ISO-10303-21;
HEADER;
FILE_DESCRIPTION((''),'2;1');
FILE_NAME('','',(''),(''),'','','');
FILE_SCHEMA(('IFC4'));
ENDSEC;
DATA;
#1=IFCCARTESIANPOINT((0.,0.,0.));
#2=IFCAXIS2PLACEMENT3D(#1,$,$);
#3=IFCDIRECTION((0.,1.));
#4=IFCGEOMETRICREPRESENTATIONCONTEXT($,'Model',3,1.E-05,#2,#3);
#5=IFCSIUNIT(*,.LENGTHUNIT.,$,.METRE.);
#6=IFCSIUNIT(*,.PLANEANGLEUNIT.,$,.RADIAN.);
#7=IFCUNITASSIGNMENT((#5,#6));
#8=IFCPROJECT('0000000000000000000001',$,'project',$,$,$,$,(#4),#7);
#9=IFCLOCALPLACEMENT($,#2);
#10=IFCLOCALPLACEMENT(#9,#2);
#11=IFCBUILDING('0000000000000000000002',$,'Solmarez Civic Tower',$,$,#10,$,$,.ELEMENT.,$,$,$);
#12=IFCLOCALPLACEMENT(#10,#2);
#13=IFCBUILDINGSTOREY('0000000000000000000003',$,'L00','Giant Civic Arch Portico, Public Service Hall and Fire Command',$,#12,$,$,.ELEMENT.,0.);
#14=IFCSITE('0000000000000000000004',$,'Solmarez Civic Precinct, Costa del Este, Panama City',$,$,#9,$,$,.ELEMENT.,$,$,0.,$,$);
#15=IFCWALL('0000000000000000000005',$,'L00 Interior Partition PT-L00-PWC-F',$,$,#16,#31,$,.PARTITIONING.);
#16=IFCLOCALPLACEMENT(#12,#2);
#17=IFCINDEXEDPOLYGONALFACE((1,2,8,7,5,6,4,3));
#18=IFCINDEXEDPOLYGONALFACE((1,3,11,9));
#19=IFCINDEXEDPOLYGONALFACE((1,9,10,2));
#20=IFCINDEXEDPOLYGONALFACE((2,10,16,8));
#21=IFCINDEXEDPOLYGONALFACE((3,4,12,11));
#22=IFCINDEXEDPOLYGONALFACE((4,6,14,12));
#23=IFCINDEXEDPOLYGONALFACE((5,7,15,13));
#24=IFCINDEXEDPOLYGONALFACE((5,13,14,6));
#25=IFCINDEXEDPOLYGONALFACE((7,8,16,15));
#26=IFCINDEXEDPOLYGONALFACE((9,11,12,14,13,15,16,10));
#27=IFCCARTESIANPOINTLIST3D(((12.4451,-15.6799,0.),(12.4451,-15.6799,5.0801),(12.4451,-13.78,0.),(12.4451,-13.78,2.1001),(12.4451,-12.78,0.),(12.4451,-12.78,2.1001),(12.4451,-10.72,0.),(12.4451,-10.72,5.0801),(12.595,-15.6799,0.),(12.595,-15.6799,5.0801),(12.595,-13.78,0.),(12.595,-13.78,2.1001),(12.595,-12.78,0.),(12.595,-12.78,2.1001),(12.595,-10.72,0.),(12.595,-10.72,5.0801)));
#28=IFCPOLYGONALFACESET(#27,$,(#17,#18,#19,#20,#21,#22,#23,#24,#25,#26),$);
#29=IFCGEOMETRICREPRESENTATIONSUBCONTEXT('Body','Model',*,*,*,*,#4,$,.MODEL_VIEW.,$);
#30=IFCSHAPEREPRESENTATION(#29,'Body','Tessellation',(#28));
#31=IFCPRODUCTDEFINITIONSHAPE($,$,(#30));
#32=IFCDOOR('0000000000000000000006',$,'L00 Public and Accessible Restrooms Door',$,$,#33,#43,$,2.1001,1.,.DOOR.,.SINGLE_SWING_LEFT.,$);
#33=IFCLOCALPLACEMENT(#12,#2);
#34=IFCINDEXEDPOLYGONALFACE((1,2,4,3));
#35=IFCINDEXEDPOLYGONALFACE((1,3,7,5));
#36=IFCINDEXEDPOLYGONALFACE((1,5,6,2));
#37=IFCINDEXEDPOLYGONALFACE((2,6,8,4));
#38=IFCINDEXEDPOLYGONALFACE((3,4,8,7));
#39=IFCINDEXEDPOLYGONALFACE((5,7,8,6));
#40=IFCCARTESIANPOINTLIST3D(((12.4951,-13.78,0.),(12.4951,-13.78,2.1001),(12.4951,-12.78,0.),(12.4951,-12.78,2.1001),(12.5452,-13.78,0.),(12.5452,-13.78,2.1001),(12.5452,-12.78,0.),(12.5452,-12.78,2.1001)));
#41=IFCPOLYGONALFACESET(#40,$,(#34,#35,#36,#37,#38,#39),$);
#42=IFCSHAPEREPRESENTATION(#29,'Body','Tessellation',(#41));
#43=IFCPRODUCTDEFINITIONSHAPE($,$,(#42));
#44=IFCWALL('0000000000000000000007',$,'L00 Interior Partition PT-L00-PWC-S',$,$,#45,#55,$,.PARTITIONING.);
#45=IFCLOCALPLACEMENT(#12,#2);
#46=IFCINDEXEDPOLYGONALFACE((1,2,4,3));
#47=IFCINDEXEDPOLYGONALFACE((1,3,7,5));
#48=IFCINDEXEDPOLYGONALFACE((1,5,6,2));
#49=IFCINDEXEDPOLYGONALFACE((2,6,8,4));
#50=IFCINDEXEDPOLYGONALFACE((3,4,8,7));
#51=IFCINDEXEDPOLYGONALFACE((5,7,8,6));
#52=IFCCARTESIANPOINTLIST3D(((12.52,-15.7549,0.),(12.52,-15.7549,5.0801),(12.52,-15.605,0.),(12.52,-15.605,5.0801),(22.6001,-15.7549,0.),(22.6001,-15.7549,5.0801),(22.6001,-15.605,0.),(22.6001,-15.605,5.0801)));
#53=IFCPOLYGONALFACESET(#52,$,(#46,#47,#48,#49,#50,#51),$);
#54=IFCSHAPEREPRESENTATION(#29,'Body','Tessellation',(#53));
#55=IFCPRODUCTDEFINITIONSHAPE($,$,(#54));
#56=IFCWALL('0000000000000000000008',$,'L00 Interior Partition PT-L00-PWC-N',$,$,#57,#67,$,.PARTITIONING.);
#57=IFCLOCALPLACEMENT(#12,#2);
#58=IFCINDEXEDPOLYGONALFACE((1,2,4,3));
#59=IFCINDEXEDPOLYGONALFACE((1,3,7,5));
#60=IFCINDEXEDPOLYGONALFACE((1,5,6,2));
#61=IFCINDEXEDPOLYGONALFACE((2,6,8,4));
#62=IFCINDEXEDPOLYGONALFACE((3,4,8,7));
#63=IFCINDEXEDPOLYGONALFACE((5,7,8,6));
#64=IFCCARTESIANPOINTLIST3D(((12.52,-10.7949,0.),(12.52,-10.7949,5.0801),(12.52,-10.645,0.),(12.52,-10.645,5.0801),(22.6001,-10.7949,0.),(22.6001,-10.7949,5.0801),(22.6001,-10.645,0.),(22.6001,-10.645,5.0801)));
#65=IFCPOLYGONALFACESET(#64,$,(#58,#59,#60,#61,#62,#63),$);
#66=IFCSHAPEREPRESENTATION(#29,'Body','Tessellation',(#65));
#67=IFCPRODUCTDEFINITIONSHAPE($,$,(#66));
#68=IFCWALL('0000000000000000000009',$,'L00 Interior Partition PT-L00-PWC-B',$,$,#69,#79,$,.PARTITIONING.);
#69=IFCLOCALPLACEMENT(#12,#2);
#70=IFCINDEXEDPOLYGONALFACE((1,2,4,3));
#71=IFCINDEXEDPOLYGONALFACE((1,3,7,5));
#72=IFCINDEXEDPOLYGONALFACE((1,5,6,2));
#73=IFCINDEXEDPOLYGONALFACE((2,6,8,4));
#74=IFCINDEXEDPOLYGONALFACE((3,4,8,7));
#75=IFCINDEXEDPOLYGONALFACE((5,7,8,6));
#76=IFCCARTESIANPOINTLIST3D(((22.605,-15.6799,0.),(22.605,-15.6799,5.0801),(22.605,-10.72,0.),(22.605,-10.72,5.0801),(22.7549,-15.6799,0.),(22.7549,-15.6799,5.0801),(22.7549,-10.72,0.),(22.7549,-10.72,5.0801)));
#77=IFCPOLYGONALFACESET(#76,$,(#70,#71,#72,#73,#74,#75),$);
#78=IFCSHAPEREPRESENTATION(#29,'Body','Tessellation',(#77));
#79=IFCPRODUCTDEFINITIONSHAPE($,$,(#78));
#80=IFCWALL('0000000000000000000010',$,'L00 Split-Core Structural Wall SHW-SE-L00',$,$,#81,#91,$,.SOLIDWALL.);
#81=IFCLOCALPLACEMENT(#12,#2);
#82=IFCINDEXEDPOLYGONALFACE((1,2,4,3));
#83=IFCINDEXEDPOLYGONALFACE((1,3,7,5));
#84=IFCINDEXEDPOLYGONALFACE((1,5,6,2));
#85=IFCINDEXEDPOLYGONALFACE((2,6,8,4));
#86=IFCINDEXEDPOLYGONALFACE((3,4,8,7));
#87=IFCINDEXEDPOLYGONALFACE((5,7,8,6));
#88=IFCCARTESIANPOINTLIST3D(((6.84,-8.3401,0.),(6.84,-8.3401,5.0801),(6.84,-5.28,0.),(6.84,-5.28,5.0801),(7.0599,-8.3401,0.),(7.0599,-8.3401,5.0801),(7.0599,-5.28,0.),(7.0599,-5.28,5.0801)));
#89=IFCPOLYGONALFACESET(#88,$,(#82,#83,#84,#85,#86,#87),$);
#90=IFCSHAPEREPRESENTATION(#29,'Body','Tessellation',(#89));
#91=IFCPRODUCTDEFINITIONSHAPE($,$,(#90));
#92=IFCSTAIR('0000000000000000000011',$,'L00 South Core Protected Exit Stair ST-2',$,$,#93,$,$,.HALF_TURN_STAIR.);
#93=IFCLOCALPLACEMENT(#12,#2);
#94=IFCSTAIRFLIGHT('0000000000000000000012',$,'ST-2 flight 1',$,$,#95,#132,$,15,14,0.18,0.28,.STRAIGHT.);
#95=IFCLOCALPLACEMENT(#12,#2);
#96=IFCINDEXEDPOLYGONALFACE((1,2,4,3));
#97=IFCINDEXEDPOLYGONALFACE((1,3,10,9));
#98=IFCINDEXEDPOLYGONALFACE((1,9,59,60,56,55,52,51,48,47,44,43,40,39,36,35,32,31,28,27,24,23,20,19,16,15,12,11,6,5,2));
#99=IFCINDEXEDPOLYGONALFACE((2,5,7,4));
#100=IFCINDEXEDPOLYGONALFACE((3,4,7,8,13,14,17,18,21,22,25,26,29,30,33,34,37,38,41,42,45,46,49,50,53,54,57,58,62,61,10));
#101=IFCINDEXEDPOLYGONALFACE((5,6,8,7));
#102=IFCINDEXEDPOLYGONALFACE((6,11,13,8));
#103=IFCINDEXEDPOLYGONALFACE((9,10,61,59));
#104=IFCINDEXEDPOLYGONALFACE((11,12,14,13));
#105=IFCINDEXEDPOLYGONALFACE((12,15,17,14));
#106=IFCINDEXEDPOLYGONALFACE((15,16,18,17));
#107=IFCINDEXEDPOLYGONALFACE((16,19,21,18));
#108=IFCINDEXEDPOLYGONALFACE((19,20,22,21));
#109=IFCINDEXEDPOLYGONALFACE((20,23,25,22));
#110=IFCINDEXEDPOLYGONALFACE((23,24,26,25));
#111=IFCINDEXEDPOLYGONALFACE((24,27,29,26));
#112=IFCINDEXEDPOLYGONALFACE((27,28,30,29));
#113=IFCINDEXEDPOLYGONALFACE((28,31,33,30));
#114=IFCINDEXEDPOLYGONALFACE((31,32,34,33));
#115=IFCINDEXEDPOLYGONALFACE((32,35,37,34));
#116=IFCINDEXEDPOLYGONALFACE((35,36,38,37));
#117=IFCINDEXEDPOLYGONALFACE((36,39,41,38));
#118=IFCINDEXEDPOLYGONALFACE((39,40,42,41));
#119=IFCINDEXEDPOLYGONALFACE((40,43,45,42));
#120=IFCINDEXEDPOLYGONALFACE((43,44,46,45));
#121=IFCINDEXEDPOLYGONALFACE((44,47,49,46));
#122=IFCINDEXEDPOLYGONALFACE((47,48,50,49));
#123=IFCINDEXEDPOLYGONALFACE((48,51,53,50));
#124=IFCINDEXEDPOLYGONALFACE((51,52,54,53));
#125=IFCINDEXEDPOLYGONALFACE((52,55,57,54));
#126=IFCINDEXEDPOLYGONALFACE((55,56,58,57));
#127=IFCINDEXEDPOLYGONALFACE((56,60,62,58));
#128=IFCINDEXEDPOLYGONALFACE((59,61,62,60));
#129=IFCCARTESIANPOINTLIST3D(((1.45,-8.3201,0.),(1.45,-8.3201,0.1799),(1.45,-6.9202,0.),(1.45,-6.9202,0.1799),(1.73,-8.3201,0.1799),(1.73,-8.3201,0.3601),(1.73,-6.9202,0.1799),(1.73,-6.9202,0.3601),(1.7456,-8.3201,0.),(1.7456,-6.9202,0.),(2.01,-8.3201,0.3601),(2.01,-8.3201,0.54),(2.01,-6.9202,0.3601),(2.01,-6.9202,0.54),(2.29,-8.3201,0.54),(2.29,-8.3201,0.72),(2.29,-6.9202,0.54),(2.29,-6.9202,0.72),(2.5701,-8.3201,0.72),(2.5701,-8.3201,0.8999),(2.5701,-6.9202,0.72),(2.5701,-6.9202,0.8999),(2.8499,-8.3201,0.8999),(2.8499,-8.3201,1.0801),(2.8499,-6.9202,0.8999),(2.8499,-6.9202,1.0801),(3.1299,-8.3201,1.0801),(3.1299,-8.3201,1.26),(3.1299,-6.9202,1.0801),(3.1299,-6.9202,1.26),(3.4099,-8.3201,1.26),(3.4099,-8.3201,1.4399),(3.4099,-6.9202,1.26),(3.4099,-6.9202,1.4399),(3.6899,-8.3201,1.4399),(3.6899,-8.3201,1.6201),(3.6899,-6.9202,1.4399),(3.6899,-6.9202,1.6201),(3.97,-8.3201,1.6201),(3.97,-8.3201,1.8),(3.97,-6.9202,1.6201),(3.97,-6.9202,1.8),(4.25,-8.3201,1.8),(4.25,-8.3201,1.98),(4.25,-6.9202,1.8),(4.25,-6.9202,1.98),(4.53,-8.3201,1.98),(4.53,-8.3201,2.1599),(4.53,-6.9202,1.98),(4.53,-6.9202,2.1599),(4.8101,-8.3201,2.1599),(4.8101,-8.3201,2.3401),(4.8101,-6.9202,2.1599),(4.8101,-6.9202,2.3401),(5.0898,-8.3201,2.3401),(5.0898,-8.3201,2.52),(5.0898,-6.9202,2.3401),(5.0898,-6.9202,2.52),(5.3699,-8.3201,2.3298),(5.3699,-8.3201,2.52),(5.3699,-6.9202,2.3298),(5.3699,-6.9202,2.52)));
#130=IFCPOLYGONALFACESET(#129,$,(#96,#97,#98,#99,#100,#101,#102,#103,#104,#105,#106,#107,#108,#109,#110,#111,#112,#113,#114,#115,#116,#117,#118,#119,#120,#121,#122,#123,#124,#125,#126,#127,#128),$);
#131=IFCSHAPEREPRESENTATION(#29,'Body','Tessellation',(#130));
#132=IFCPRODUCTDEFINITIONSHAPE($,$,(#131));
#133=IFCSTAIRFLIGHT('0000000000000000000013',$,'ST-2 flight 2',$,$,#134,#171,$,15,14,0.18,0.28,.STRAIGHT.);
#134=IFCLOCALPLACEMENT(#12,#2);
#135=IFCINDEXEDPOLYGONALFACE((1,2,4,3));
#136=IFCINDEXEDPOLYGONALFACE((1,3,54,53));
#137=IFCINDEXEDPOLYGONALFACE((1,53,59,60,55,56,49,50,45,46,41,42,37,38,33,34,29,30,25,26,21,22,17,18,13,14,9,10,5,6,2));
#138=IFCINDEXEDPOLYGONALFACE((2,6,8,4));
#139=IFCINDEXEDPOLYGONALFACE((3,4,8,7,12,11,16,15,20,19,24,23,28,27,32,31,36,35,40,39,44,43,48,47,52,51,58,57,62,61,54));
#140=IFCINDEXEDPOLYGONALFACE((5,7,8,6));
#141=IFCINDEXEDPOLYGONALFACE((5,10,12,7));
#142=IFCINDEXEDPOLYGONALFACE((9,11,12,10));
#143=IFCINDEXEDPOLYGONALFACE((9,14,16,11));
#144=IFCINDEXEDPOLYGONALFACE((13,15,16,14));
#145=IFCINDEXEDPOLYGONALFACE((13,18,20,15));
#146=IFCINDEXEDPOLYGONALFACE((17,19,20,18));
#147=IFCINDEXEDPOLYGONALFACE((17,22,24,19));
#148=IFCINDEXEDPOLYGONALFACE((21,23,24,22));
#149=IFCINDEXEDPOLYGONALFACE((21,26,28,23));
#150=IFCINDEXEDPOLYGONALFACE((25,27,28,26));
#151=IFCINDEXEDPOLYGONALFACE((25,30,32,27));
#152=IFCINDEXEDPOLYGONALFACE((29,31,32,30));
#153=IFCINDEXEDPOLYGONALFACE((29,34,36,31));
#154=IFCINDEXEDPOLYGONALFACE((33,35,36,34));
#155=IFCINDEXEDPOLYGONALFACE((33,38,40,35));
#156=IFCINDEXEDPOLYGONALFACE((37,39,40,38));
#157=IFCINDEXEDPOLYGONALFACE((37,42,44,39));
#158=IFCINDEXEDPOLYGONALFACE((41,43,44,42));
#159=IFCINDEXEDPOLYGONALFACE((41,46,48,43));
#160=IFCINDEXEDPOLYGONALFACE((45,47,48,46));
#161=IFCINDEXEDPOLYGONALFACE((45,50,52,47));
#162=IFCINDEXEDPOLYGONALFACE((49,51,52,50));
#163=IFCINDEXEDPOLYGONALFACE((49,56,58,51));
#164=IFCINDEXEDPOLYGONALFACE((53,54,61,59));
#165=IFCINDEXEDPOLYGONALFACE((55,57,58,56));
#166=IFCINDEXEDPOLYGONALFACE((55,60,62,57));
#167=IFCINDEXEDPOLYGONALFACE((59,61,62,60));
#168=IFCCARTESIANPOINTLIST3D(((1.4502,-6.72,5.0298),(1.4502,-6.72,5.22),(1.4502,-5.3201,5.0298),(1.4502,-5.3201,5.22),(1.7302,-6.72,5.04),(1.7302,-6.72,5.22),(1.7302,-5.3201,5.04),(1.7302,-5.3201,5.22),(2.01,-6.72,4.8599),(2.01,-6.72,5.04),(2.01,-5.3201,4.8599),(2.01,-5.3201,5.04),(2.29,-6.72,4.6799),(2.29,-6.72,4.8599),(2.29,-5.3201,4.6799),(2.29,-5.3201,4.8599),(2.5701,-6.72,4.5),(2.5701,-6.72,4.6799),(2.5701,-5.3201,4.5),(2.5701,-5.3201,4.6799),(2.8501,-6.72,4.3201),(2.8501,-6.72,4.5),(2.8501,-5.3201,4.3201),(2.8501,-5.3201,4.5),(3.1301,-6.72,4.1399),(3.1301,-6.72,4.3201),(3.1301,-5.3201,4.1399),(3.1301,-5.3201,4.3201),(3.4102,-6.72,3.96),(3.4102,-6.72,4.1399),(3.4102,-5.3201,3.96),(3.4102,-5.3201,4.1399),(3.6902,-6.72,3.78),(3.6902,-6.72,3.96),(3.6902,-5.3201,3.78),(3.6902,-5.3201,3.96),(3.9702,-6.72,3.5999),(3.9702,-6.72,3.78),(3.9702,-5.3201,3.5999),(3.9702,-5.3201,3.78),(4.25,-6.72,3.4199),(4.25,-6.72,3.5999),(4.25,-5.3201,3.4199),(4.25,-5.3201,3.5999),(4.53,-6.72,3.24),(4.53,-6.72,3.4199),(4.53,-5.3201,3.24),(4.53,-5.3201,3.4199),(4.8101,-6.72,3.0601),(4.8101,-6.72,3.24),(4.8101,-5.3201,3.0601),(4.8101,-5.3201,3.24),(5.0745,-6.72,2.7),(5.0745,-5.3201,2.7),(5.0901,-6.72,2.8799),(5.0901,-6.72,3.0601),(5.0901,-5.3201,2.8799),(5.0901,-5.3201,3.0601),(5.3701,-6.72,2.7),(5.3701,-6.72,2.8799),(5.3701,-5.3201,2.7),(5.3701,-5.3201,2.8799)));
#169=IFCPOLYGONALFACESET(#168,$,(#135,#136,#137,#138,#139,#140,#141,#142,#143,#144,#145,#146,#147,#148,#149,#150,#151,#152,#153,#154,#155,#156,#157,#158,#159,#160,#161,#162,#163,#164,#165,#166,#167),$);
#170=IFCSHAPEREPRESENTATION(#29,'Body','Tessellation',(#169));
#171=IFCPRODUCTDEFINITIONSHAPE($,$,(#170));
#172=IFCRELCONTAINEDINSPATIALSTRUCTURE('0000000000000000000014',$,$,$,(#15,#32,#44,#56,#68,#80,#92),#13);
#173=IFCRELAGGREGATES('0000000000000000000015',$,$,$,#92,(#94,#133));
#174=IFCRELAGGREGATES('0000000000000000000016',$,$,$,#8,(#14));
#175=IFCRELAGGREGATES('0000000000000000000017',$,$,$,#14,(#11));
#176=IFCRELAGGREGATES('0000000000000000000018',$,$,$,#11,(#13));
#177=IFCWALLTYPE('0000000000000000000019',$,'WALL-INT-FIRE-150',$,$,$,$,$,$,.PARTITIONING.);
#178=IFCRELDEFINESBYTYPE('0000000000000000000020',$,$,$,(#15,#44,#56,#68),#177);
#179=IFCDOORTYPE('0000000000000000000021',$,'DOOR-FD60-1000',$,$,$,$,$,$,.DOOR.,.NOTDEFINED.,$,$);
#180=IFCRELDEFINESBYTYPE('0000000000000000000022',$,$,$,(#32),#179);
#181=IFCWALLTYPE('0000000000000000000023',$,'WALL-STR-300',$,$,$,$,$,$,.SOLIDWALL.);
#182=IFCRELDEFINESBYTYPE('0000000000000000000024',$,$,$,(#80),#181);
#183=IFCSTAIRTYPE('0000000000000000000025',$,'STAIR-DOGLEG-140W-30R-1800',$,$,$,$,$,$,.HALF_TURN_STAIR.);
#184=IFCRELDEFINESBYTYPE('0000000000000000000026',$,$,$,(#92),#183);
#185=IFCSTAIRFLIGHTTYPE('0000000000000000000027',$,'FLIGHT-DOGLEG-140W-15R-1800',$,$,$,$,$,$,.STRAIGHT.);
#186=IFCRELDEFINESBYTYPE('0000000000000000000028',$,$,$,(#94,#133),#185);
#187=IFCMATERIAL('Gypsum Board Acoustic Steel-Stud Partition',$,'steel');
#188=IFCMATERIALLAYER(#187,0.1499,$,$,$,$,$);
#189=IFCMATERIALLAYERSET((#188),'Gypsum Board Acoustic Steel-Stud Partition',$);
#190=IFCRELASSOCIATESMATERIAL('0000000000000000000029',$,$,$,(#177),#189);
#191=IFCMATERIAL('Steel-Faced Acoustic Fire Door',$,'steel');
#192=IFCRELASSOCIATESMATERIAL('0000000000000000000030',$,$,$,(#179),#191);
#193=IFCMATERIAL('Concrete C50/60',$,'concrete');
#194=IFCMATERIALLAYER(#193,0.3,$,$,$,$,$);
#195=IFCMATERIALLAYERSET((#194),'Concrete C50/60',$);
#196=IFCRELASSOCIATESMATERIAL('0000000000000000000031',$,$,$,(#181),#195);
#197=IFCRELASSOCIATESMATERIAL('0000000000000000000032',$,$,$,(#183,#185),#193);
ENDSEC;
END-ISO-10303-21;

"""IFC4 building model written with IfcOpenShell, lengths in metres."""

from ifc_helpers import new_model, si_unit, direction, frame, frame_2d, origin, place, context, subcontext, project, spatial, polyline, rectangle, outline, extrude, material, layer, layer_set, type_object, element, fill, aggregate, save


model = new_model("IFC4")

# Units and contexts
model_context = context("Model", 3, precision=1e-05, world=origin(), true_north=direction((0.0, 1.0)))
body_context = subcontext(model_context, "Body", "Model", "MODEL_VIEW")
ifc_project = project(units=[si_unit("LENGTHUNIT", "METRE"), si_unit("PLANEANGLEUNIT", "RADIAN")], contexts=[model_context])

# Site, building, storey
site_placement = place(None, origin())
site = spatial("IfcSite", under=ifc_project, at=site_placement, Name="Solmarez Civic Precinct, Costa del Este, Panama City", CompositionType="ELEMENT", RefElevation=0.0)
building_placement = place(site_placement, origin())
building = spatial("IfcBuilding", under=site, at=building_placement, Name="Solmarez Civic Tower", CompositionType="ELEMENT")
storey_placement = place(building_placement, origin())
storey = spatial("IfcBuildingStorey", under=building, at=storey_placement, Name="L00", Description="Giant Civic Arch Portico, Public Service Hall and Fire Command", CompositionType="ELEMENT", Elevation=0.0)

# Shared definitions
ifc_material_1 = material(Name="Concrete C50/60", Category="concrete")

# Shared definitions
ifc_material_2 = material(Name="Gypsum Board Acoustic Steel-Stud Partition", Category="steel")
ifc_layer_1 = layer(ifc_material_2, 0.1499)
ifc_layer_set_1 = layer_set([ifc_layer_1], Name="Gypsum Board Acoustic Steel-Stud Partition")
wall_type_1 = type_object("IfcWallType", Name="WALL-INT-FIRE-150", PredefinedType="PARTITIONING", material=ifc_layer_set_1)

# Wall, opening, door
wall_1_placement = place(storey_placement, frame((12.52, -15.6799, 0.0), z_axis=(0.0, 0.0, 1.0), x_axis=(0.0, 1.0, 0.0)))
wall_1 = element("IfcWall", 1, at=wall_1_placement, inside=storey, type_object=wall_type_1, Name="L00 Interior Partition PT-L00-PWC-F", PredefinedType="PARTITIONING", context=body_context, shape_type="SweptSolid", body=[
    extrude(rectangle(XDim=4.96, YDim=0.1499, at=frame_2d((2.48, 0.0))), origin(), (0.0, 0.0, 1.0), 5.0801),
])
opening_1_placement = place(wall_1_placement, frame((1.8999, 0.0, 0.0)))
opening_1 = element("IfcOpeningElement", 2, at=opening_1_placement, cuts=wall_1, PredefinedType="OPENING", context=body_context, shape_type="SweptSolid", body=[
    extrude(rectangle(XDim=1.0, YDim=2.1001, at=frame_2d((0.5, 1.05))), frame((0.0, 0.085, 0.0), z_axis=(0.0, -1.0, 0.0), x_axis=(1.0, 0.0, 0.0)), (0.0, 0.0, 1.0), 0.1699),
])
ifc_material_3 = material(Name="Steel-Faced Acoustic Fire Door", Category="steel")
door_type_1 = type_object("IfcDoorType", Name="DOOR-FD60-1000", OperationType="NOTDEFINED", PredefinedType="DOOR", material=ifc_material_3)
door_1_placement = place(opening_1_placement, origin())
door_1 = element("IfcDoor", 3, at=door_1_placement, inside=storey, type_object=door_type_1, Name="L00 Public and Accessible Restrooms Door", OperationType="SINGLE_SWING_LEFT", OverallHeight=2.1001, OverallWidth=1.0, PredefinedType="DOOR", context=body_context, shape_type="SweptSolid", body=[
    extrude(rectangle(XDim=1.0, YDim=2.1001, at=frame_2d((0.5, 1.05))), frame((0.0, 0.0249, 0.0), z_axis=(0.0, -1.0, 0.0), x_axis=(1.0, 0.0, 0.0)), (0.0, 0.0, 1.0), 0.05),
])
fill(opening_1, door_1)

# Walls
for number, where, z_axis, x_axis, name in (
    (4, (12.52, -15.6799, 0.0), (0.0, 0.0, 1.0), (1.0, 0.0, 0.0), "L00 Interior Partition PT-L00-PWC-S"),
    (5, (12.52, -10.72, 0.0), (0.0, 0.0, 1.0), (1.0, 0.0, 0.0), "L00 Interior Partition PT-L00-PWC-N"),
):
    element("IfcWall", number, at=place(storey_placement, frame(where, z_axis=z_axis, x_axis=x_axis)), inside=storey, type_object=wall_type_1, Name=name, PredefinedType="PARTITIONING", context=body_context, shape_type="SweptSolid", body=[
        extrude(rectangle(XDim=10.0801, YDim=0.1499, at=frame_2d((5.04, 0.0))), origin(), (0.0, 0.0, 1.0), 5.0801),
    ])
wall_2_placement = place(storey_placement, frame((22.6799, -15.6799, 0.0), z_axis=(0.0, 0.0, 1.0), x_axis=(0.0, 1.0, 0.0)))
element("IfcWall", 6, at=wall_2_placement, inside=storey, type_object=wall_type_1, Name="L00 Interior Partition PT-L00-PWC-B", PredefinedType="PARTITIONING", context=body_context, shape_type="SweptSolid", body=[
    extrude(rectangle(XDim=4.96, YDim=0.1499, at=frame_2d((2.48, 0.0))), origin(), (0.0, 0.0, 1.0), 5.0801),
])
ifc_layer_2 = layer(ifc_material_1, 0.3)
ifc_layer_set_2 = layer_set([ifc_layer_2], Name="Concrete C50/60")
wall_type_2 = type_object("IfcWallType", Name="WALL-STR-300", PredefinedType="SOLIDWALL", material=ifc_layer_set_2)
wall_3_placement = place(storey_placement, frame((6.95, -8.3401, 0.0), z_axis=(0.0, 0.0, 1.0), x_axis=(0.0, 1.0, 0.0)))
element("IfcWall", 7, at=wall_3_placement, inside=storey, type_object=wall_type_2, Name="L00 Split-Core Structural Wall SHW-SE-L00", PredefinedType="SOLIDWALL", context=body_context, shape_type="SweptSolid", body=[
    extrude(rectangle(XDim=3.0601, YDim=0.22, at=frame_2d((1.53, 0.0))), origin(), (0.0, 0.0, 1.0), 5.0801),
])

# Stair, stair flights
stair_type = type_object("IfcStairType", Name="STAIR-DOGLEG-140W-30R-1800", PredefinedType="HALF_TURN_STAIR", material=ifc_material_1)
stair_placement = place(storey_placement, origin())
stair = element("IfcStair", 8, at=stair_placement, inside=storey, type_object=stair_type, Name="L00 South Core Protected Exit Stair ST-2", PredefinedType="HALF_TURN_STAIR")
stair_flight_type = type_object("IfcStairFlightType", Name="FLIGHT-DOGLEG-140W-15R-1800", PredefinedType="STRAIGHT", material=ifc_material_1)
stair_flight_1_placement = place(storey_placement, frame((1.45, -7.6201, 0.0), z_axis=(0.0, 0.0, 1.0), x_axis=(1.0, 0.0, 0.0)))
stair_flight_1 = element("IfcStairFlight", 9, at=stair_flight_1_placement, type_object=stair_flight_type, Name="ST-2 flight 1", NumberOfRisers=15, NumberOfTreads=14, PredefinedType="STRAIGHT", RiserHeight=0.18, TreadLength=0.28, context=body_context, shape_type="SweptSolid", body=[
    extrude(outline(polyline([(0.0, 0.0), (0.0, 0.1799), (0.28, 0.1799), (0.28, 0.3601), (0.5601, 0.3601), (0.5601, 0.54), (0.8401, 0.54), (0.8401, 0.72), (1.1201, 0.72), (1.1201, 0.8999), (1.3999, 0.8999), (1.3999, 1.0801), (1.6799, 1.0801), (1.6799, 1.26), (1.96, 1.26), (1.96, 1.4399), (2.24, 1.4399), (2.24, 1.6201), (2.52, 1.6201), (2.52, 1.8), (2.8, 1.8), (2.8, 1.98), (3.0801, 1.98), (3.0801, 2.1599), (3.3601, 2.1599), (3.3601, 2.3401), (3.6399, 2.3401), (3.6399, 2.52), (3.9199, 2.52), (3.9199, 2.7), (3.9199, 2.3298), (0.2957, 0.0), (0.0, 0.0)])), frame((0.0, 0.7, 0.0), z_axis=(0.0, -1.0, 0.0), x_axis=(1.0, 0.0, 0.0)), (0.0, 0.0, 1.0), 1.3999),
])
stair_flight_2_placement = place(storey_placement, frame((5.3701, -6.02, 2.7), z_axis=(0.0, 0.0, 1.0), x_axis=(-1.0, 0.0, 0.0)))
stair_flight_2 = element("IfcStairFlight", 10, at=stair_flight_2_placement, type_object=stair_flight_type, Name="ST-2 flight 2", NumberOfRisers=15, NumberOfTreads=14, PredefinedType="STRAIGHT", RiserHeight=0.18, TreadLength=0.28, context=body_context, shape_type="SweptSolid", body=[
    extrude(outline(polyline([(0.0, 0.0), (0.0, 0.1799), (0.28, 0.1799), (0.28, 0.3601), (0.5601, 0.3601), (0.5601, 0.54), (0.8401, 0.54), (0.8401, 0.72), (1.1201, 0.72), (1.1201, 0.8999), (1.3999, 0.8999), (1.3999, 1.0801), (1.6799, 1.0801), (1.6799, 1.26), (1.96, 1.26), (1.96, 1.4399), (2.24, 1.4399), (2.24, 1.6201), (2.52, 1.6201), (2.52, 1.8), (2.8, 1.8), (2.8, 1.98), (3.0801, 1.98), (3.0801, 2.1599), (3.3601, 2.1599), (3.3601, 2.3401), (3.6399, 2.3401), (3.6399, 2.52), (3.9199, 2.52), (3.9199, 2.7), (3.9199, 2.3298), (0.2957, 0.0), (0.0, 0.0)])), frame((0.0, 0.7, 0.0), z_axis=(0.0, -1.0, 0.0), x_axis=(1.0, 0.0, 0.0)), (0.0, 0.0, 1.0), 1.3999),
])
aggregate(stair, [stair_flight_1, stair_flight_2])

save(model, "model.ifc")
